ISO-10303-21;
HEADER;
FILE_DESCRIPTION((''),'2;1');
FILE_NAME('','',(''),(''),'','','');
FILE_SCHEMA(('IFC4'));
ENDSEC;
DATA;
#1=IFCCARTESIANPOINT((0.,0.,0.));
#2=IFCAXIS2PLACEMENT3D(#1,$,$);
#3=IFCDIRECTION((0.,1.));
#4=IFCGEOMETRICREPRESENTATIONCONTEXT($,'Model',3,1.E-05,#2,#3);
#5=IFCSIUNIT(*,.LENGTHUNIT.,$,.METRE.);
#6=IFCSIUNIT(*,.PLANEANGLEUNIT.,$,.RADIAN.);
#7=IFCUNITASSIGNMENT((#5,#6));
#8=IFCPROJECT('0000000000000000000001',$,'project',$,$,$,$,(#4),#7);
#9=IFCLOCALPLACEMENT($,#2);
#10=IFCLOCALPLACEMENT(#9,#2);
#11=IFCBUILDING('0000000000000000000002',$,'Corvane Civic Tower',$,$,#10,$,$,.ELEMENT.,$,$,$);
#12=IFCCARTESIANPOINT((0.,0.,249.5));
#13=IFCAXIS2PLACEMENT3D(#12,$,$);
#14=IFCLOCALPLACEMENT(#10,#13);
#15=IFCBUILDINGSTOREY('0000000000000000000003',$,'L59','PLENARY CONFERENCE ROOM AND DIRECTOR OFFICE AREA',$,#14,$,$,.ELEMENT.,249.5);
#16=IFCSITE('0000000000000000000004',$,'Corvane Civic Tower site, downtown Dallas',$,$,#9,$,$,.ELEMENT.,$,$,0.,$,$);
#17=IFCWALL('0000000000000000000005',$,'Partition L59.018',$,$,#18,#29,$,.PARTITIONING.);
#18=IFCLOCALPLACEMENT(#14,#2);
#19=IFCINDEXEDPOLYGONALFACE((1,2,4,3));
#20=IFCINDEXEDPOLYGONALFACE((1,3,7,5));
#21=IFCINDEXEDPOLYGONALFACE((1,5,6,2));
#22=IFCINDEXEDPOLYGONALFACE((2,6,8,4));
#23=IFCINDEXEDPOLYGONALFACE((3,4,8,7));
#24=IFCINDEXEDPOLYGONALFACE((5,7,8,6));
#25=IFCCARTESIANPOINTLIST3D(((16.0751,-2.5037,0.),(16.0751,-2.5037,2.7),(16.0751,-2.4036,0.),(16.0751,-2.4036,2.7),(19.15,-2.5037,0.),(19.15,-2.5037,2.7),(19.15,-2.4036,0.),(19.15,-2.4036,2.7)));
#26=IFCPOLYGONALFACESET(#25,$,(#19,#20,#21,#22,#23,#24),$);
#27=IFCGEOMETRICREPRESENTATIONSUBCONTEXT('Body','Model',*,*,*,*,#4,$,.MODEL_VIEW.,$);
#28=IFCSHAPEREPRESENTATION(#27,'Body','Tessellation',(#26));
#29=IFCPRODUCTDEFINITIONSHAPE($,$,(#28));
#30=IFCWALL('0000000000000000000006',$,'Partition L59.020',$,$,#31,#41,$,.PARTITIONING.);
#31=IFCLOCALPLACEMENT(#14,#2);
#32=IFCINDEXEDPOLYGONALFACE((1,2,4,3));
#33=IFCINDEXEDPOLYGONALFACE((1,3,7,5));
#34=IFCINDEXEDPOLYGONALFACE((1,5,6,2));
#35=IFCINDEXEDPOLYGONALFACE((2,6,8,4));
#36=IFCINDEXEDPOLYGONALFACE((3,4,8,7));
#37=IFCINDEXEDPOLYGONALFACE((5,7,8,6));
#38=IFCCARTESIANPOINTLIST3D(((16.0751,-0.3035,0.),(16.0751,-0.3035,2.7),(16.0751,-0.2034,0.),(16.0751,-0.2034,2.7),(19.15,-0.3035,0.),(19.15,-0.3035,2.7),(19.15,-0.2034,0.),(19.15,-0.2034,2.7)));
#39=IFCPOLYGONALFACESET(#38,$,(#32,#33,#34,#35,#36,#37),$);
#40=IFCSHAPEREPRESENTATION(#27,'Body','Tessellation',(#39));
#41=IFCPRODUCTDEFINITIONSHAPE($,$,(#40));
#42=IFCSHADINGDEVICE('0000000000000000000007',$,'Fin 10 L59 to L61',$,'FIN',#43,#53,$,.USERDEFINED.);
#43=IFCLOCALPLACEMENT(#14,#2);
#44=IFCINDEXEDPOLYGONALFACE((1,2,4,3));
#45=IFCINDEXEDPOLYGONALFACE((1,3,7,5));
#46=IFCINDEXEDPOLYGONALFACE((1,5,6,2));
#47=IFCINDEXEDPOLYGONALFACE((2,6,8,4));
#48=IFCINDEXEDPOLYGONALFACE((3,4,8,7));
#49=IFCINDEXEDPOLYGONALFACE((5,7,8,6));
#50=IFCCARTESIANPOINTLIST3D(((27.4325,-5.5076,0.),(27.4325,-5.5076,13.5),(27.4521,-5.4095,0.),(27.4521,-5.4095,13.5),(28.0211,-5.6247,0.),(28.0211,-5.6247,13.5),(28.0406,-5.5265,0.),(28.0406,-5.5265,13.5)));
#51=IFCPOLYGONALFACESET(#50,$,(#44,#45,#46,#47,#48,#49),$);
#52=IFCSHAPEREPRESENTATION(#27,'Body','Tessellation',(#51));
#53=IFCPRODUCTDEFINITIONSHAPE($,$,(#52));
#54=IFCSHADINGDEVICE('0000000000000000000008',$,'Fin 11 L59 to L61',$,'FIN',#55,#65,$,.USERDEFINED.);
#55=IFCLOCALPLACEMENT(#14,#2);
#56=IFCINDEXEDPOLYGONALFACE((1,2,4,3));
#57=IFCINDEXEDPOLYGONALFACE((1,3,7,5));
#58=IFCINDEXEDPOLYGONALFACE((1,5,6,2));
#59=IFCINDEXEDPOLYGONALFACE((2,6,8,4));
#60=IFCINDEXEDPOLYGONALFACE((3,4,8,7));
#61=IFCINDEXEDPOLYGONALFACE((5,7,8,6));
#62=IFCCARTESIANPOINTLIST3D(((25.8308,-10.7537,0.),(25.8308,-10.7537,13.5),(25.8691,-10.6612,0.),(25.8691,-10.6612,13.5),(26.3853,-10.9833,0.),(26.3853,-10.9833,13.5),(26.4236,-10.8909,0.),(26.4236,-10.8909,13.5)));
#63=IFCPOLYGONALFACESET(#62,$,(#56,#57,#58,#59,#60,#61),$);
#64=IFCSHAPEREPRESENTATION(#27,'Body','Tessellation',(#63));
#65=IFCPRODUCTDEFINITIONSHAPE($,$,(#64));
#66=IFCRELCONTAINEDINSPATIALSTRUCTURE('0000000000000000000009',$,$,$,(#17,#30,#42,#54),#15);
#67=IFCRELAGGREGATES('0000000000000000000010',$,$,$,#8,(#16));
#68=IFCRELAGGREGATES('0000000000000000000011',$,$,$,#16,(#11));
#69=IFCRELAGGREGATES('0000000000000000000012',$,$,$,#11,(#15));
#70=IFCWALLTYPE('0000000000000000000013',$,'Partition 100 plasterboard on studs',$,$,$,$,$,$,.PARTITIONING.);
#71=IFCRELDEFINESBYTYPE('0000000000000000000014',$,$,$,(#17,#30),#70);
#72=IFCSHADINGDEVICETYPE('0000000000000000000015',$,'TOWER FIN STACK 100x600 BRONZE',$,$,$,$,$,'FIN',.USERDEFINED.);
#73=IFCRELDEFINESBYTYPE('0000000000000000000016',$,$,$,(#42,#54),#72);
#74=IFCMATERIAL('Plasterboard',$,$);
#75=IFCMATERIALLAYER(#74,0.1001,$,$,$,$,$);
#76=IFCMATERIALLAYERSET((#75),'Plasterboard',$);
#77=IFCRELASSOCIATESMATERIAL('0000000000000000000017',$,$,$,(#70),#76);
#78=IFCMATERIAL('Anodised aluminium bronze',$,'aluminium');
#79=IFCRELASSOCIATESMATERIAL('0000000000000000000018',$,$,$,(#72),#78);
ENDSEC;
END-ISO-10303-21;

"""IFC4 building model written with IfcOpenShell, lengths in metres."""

from ifc_helpers import new_model, si_unit, direction, frame, frame_2d, origin, origin_2d, place, context, subcontext, project, spatial, rectangle, extrude, material, layer, layer_set, material_profile, profile_set, type_object, element, save


model = new_model("IFC4")

# Units and contexts
model_context = context("Model", 3, precision=1e-05, world=origin(), true_north=direction((0.0, 1.0)))
body_context = subcontext(model_context, "Body", "Model", "MODEL_VIEW")
ifc_project = project(units=[si_unit("LENGTHUNIT", "METRE"), si_unit("PLANEANGLEUNIT", "RADIAN")], contexts=[model_context])

# Site, building, storey
site_placement = place(None, origin())
site = spatial("IfcSite", under=ifc_project, at=site_placement, Name="Corvane Civic Tower site, downtown Dallas", CompositionType="ELEMENT", RefElevation=0.0)
building_placement = place(site_placement, origin())
building = spatial("IfcBuilding", under=site, at=building_placement, Name="Corvane Civic Tower", CompositionType="ELEMENT")
storey_placement = place(building_placement, frame((0.0, 0.0, 249.5)))
storey = spatial("IfcBuildingStorey", under=building, at=storey_placement, Name="L59", Description="PLENARY CONFERENCE ROOM AND DIRECTOR OFFICE AREA", CompositionType="ELEMENT", Elevation=249.5)

# Shared definitions
ifc_material_1 = material(Name="Plasterboard")
ifc_layer_1 = layer(ifc_material_1, 0.1001)
ifc_layer_set_1 = layer_set([ifc_layer_1], Name="Plasterboard")
wall_type = type_object("IfcWallType", Name="Partition 100 plasterboard on studs", PredefinedType="PARTITIONING", material=ifc_layer_set_1)

# Walls
for number, where, z_axis, x_axis, name in (
    (1, (16.075, -2.4536, 0.0), (0.0, 0.0, 1.0), (1.0, 0.0, 0.0), "Partition L59.018"),
    (2, (16.075, -0.2534, 0.0), (0.0, 0.0, 1.0), (1.0, 0.0, 0.0), "Partition L59.020"),
):
    element("IfcWall", number, at=place(storey_placement, frame(where, z_axis=z_axis, x_axis=x_axis)), inside=storey, type_object=wall_type, Name=name, PredefinedType="PARTITIONING", context=body_context, shape_type="SweptSolid", body=[
        extrude(rectangle(XDim=3.075, YDim=0.1001, at=frame_2d((1.5376, 0.0))), origin(), (0.0, 0.0, 1.0), 2.7),
    ])

# Shading devices
ifc_material_2 = material(Name="Anodised aluminium bronze", Category="aluminium")
ifc_material_profile_1 = material_profile(ifc_material_2, rectangle(XDim=0.1001, YDim=0.6001, at=origin_2d()), Name="TOWER FIN STACK 100x600 BRONZE")
ifc_profile_set_1 = profile_set([ifc_material_profile_1], Name="Anodised aluminium bronze")
shading_device_type = type_object("IfcShadingDeviceType", Name="TOWER FIN STACK 100x600 BRONZE", ElementType="FIN", PredefinedType="USERDEFINED", material=ifc_profile_set_1)
for number, where, z_axis, x_axis, name in (
    (3, (27.7366, -5.5171, 0.0), (0.0, 0.0, 1.0), (-0.19509, -0.980785, 0.0), "Fin 10 L59 to L61"),
    (4, (26.1272, -10.8223, 0.0), (0.0, 0.0, 1.0), (-0.382683, -0.92388, 0.0), "Fin 11 L59 to L61"),
):
    element("IfcShadingDevice", number, at=place(storey_placement, frame(where, z_axis=z_axis, x_axis=x_axis)), inside=storey, type_object=shading_device_type, Name=name, ObjectType="FIN", PredefinedType="USERDEFINED", context=body_context, shape_type="SweptSolid", body=[
        extrude(rectangle(XDim=0.1001, YDim=0.6001, at=origin_2d()), origin(), (0.0, 0.0, 1.0), 13.5),
    ])

save(model, "model.ifc")
